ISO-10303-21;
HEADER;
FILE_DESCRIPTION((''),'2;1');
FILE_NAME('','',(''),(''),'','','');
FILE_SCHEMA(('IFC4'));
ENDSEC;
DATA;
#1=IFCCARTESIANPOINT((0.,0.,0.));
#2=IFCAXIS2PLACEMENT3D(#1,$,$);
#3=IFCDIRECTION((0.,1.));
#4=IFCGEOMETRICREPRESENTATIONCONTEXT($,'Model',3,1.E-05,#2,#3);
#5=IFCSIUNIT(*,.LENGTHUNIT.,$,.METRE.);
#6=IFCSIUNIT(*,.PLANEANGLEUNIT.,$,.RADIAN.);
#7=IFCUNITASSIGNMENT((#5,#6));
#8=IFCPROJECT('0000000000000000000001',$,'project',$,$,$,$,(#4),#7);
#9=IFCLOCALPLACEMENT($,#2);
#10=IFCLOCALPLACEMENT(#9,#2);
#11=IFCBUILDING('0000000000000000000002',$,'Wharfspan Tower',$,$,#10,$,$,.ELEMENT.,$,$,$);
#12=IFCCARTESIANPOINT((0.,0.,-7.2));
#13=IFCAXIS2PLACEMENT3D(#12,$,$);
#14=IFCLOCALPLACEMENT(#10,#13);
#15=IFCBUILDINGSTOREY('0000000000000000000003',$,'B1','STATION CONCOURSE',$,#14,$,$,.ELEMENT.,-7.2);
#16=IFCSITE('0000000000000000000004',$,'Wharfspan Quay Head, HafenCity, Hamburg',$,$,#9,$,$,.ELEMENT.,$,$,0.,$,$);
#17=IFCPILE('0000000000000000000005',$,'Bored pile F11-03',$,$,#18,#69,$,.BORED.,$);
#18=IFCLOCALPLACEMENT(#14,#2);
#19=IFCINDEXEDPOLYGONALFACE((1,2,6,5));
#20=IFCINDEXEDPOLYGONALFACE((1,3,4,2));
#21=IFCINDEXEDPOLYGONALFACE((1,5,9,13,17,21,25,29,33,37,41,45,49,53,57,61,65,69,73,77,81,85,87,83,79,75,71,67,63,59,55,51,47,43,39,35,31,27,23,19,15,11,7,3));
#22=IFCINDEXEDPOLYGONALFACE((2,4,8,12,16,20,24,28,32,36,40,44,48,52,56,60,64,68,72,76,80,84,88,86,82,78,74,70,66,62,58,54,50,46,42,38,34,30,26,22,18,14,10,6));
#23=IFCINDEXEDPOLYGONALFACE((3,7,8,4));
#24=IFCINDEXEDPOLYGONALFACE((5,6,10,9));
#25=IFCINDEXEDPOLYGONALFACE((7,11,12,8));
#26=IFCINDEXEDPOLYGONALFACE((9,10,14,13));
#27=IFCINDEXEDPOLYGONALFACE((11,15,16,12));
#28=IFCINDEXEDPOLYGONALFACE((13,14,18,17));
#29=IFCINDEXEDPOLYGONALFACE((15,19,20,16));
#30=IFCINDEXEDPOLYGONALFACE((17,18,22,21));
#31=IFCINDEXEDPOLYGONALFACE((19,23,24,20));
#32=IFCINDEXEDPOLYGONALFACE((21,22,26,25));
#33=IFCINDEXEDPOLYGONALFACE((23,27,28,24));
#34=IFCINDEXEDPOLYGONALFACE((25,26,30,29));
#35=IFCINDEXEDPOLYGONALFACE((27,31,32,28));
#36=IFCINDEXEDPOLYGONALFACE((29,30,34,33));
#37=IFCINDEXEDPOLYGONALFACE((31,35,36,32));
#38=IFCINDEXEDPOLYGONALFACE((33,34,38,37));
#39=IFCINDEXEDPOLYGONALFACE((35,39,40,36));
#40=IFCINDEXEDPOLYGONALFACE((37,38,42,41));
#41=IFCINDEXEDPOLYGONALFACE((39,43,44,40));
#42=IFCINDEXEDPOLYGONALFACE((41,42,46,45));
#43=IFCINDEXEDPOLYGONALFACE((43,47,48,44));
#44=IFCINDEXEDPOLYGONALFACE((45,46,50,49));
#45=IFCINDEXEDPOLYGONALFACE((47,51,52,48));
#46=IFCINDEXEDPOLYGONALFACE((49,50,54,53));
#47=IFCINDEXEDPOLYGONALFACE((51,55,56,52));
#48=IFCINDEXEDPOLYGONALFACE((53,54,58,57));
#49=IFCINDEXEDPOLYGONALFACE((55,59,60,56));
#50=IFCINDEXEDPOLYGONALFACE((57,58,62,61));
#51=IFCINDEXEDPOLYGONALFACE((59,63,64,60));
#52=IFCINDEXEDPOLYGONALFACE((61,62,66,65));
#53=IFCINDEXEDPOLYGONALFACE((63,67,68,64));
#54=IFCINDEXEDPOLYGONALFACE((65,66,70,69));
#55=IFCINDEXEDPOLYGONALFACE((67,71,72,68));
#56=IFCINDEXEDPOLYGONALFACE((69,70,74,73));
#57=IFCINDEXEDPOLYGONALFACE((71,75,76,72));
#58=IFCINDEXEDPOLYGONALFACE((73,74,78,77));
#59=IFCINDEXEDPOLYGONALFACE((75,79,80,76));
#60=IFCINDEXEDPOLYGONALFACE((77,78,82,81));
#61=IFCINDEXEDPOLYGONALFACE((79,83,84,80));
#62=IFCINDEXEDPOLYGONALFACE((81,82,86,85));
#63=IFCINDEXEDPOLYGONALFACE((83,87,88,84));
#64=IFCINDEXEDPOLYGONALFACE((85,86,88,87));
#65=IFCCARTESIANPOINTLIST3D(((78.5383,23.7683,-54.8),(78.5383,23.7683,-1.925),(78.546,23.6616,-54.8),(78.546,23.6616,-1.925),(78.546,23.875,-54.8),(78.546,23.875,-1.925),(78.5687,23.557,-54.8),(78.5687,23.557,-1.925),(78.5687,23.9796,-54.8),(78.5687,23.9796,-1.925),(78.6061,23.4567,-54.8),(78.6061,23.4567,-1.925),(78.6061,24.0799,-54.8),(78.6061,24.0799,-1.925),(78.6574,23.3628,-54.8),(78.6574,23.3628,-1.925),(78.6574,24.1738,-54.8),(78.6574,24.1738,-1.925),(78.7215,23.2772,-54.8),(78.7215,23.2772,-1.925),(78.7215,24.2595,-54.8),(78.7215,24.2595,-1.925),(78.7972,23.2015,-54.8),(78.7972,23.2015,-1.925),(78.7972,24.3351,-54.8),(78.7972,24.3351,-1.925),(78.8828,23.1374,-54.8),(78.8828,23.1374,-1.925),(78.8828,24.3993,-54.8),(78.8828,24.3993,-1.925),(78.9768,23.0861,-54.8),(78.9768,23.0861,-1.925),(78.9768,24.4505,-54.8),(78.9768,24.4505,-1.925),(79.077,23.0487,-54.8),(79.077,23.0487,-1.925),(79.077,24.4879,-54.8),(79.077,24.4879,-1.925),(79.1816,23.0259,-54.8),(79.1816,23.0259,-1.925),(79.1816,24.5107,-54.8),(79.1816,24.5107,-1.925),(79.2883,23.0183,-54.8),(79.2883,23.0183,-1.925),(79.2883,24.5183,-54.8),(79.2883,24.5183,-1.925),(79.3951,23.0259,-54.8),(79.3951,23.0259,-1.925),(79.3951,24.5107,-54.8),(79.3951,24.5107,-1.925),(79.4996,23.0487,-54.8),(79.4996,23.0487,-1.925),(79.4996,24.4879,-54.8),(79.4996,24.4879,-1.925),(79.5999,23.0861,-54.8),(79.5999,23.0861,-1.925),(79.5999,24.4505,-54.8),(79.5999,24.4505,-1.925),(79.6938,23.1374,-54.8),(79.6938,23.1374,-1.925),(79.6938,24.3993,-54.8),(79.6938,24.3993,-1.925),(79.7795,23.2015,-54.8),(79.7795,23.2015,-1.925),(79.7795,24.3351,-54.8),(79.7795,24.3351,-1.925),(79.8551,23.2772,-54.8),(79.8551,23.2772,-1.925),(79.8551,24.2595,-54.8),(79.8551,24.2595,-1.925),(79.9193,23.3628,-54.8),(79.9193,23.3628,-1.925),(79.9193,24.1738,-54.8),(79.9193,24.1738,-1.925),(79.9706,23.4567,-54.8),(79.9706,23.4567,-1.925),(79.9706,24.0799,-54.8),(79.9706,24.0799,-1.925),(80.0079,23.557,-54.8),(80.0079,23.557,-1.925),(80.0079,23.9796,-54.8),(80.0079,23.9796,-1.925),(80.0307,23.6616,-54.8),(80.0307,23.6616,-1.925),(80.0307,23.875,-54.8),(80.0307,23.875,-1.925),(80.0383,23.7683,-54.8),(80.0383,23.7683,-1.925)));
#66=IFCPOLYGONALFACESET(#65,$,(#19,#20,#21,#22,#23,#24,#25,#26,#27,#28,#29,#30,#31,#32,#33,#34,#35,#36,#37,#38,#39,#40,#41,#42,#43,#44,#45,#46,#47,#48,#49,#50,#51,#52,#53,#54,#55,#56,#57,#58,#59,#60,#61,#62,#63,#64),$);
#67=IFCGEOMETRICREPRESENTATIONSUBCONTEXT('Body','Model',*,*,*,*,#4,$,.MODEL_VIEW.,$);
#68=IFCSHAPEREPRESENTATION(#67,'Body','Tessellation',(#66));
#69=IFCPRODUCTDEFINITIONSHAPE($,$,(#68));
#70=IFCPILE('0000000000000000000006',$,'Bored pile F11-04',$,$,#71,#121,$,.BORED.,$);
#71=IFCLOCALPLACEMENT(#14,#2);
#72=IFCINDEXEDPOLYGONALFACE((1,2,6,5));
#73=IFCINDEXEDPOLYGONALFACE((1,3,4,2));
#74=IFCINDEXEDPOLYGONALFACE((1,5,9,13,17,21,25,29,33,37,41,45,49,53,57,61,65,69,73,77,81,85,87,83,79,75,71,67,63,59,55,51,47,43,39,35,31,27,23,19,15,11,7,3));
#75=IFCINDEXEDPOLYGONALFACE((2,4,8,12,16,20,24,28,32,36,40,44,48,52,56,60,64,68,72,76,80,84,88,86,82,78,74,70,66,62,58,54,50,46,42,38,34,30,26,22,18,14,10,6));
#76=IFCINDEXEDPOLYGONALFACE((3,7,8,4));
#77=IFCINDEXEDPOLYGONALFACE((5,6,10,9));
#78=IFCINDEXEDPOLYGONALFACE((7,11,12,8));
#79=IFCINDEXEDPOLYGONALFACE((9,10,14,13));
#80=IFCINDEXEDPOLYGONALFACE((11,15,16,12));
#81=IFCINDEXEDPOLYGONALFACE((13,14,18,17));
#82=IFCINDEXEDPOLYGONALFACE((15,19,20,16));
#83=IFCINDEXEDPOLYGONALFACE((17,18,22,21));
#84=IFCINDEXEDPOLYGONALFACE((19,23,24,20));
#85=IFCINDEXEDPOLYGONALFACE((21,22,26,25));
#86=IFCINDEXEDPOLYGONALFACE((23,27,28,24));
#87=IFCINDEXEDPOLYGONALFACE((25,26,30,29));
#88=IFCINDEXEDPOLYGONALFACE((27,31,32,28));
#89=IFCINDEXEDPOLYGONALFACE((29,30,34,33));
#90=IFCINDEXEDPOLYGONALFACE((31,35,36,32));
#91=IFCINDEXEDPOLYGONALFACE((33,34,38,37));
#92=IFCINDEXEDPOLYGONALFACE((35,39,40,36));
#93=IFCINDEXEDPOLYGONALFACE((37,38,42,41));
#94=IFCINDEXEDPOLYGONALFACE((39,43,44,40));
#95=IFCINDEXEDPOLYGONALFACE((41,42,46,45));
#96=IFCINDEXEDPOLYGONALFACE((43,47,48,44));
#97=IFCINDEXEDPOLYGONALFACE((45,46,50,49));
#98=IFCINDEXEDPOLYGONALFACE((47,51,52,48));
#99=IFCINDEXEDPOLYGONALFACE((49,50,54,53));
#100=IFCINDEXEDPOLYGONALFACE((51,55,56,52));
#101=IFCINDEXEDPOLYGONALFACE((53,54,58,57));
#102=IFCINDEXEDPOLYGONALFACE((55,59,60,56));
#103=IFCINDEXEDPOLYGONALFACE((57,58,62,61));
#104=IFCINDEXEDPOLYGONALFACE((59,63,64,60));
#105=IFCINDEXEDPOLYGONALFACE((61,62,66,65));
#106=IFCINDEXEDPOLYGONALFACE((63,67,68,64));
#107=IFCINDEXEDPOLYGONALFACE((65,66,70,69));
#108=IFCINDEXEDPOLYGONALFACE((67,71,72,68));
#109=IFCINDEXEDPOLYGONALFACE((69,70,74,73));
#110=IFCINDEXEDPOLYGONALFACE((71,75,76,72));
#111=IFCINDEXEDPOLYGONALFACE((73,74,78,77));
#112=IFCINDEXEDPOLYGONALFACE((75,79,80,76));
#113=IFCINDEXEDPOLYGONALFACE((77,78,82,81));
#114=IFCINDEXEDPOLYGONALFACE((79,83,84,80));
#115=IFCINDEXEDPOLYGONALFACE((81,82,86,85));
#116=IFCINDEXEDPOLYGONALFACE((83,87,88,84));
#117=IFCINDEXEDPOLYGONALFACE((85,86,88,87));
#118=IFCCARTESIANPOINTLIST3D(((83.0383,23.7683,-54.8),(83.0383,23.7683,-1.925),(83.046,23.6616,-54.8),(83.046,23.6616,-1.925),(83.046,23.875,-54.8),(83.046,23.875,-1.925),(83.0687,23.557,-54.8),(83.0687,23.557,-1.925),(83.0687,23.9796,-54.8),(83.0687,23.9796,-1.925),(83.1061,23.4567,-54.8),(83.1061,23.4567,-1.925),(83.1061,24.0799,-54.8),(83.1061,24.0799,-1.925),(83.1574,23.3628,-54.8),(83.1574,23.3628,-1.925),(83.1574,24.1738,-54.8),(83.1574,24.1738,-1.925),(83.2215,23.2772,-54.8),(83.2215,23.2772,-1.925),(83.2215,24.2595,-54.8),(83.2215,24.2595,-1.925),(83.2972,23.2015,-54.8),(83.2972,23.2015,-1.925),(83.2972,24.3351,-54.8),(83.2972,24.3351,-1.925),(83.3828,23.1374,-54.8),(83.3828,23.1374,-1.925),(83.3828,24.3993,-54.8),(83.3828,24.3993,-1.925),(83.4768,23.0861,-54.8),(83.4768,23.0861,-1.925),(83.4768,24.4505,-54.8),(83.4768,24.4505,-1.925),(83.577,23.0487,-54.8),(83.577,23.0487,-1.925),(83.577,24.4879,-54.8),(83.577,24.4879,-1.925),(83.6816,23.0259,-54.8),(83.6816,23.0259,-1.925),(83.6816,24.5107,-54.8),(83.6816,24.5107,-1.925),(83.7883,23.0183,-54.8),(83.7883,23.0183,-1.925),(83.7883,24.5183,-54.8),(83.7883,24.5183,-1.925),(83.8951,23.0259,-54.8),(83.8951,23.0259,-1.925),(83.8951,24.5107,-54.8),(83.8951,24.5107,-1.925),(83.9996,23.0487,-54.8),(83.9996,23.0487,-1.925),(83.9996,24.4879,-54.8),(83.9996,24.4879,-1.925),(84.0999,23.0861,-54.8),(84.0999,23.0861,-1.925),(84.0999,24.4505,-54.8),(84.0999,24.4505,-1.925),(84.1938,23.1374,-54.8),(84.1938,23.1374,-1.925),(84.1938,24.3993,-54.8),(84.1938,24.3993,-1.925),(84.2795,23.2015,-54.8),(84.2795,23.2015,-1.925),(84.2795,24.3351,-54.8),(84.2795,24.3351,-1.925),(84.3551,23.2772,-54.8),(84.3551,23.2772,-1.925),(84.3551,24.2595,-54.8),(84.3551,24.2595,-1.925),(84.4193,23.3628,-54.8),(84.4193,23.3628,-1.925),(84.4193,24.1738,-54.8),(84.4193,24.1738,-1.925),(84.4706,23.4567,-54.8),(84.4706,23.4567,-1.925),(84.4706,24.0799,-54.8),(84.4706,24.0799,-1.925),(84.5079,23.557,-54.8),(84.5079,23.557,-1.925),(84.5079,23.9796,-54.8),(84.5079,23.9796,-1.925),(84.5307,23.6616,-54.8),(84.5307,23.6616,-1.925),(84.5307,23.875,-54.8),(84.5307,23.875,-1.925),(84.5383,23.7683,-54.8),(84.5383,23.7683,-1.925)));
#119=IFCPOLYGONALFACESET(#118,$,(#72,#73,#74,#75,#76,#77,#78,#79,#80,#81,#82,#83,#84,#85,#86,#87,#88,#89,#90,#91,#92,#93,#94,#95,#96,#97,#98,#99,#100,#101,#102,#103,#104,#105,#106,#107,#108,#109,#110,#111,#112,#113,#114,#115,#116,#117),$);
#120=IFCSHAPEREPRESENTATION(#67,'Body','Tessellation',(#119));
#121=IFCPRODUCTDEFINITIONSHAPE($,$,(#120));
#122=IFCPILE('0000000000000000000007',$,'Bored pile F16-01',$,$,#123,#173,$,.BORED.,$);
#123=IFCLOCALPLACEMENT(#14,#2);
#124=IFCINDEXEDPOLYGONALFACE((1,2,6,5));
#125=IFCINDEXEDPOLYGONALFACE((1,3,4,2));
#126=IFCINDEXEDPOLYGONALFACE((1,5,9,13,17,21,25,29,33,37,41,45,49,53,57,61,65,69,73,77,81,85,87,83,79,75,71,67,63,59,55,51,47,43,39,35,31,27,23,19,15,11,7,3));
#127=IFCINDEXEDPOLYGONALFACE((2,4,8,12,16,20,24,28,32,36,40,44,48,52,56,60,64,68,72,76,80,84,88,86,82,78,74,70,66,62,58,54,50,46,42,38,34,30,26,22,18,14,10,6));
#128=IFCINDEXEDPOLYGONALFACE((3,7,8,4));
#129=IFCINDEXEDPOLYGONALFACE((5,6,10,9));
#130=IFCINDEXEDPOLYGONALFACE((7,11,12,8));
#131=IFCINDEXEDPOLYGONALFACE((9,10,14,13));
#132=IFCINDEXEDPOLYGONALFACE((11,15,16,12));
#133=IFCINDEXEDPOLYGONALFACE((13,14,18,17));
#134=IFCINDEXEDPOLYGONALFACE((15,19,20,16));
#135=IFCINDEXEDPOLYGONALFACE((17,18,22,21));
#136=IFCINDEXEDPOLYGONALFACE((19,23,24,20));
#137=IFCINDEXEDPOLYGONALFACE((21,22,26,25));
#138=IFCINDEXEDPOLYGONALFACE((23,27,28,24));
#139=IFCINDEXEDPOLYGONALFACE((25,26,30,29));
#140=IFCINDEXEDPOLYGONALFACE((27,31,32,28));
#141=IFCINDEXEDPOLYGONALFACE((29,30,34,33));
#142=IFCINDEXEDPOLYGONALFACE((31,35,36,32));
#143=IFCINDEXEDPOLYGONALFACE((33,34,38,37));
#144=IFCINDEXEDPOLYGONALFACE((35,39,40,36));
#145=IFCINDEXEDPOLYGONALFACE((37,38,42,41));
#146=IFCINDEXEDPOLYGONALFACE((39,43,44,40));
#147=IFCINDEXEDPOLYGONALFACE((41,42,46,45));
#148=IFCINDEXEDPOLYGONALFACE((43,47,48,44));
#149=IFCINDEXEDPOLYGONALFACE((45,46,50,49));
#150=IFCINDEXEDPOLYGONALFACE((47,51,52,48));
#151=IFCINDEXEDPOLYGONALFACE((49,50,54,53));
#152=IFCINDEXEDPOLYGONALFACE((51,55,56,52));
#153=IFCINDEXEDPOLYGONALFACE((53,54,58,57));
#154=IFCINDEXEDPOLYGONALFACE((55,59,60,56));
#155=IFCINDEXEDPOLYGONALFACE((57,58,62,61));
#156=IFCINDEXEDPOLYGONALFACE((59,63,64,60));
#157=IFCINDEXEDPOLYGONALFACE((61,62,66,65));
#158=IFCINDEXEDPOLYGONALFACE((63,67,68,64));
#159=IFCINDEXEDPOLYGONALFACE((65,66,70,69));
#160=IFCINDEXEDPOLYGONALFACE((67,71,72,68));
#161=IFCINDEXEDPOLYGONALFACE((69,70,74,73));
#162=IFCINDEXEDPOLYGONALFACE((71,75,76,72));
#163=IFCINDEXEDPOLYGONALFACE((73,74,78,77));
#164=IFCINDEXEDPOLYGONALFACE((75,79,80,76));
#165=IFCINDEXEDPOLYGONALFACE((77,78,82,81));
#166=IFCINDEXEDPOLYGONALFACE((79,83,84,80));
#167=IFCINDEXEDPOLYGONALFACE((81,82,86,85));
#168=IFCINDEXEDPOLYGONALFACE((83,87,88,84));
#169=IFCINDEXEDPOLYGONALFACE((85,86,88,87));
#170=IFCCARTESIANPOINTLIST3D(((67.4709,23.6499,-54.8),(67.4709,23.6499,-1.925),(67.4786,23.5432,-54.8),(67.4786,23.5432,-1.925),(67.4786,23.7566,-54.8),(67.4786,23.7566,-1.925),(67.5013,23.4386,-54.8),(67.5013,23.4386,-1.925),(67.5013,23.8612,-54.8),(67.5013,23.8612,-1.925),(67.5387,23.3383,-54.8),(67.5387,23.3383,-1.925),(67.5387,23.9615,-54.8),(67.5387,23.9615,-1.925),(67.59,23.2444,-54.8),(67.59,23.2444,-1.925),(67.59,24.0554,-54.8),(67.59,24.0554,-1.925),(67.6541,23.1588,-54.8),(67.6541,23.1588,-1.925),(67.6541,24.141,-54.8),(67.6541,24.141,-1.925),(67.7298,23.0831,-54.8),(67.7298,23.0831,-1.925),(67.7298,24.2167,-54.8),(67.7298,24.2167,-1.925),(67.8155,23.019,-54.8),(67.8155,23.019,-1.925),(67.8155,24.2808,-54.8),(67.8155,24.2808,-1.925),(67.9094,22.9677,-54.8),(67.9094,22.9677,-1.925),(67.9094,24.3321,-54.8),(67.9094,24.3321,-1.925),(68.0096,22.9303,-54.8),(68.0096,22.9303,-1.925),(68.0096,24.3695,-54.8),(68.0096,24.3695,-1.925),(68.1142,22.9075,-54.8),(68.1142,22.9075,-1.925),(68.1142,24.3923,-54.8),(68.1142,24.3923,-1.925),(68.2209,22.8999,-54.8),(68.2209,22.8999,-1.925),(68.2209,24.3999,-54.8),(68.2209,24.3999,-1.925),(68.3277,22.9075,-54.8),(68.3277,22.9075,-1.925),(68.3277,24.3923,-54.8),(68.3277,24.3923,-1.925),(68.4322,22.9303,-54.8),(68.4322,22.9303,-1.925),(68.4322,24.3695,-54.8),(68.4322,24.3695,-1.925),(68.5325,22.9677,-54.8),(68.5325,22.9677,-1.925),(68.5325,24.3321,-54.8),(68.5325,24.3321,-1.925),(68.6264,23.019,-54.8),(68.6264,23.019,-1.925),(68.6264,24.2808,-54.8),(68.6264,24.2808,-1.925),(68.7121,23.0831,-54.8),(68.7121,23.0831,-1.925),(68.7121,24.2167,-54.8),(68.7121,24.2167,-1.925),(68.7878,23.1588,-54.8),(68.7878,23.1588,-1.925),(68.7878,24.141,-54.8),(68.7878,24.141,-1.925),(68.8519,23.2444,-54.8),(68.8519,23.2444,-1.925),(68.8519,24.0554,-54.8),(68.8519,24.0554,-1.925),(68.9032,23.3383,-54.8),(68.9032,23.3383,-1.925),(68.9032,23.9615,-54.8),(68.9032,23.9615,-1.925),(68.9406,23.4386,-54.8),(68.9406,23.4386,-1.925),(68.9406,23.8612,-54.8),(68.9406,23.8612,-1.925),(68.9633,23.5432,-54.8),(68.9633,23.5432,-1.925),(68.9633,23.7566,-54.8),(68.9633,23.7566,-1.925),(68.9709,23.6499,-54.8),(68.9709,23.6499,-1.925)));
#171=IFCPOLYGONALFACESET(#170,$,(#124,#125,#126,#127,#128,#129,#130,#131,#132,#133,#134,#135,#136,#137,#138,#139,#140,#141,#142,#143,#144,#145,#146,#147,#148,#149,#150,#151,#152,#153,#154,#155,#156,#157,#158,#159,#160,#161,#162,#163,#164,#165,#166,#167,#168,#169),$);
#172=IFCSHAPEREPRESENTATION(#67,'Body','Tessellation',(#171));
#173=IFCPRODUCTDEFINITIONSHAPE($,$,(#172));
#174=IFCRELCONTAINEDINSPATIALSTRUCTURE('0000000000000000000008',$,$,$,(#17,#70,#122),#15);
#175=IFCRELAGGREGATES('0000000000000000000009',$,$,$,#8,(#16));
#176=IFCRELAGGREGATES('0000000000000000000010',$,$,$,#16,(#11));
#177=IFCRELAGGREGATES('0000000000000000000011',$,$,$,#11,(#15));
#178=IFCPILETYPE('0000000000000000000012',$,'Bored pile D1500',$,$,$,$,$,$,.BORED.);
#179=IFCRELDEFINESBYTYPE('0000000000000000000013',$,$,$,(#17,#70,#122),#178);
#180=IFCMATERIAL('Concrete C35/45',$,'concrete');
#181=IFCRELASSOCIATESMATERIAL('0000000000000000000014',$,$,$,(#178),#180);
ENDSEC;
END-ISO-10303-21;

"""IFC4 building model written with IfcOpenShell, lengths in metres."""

from ifc_helpers import new_model, si_unit, direction, frame, origin, origin_2d, place, context, subcontext, project, spatial, circle, extrude, material, material_profile, profile_set, type_object, element, save


model = new_model("IFC4")

# Units and contexts
model_context = context("Model", 3, precision=1e-05, world=origin(), true_north=direction((0.0, 1.0)))
body_context = subcontext(model_context, "Body", "Model", "MODEL_VIEW")
ifc_project = project(units=[si_unit("LENGTHUNIT", "METRE"), si_unit("PLANEANGLEUNIT", "RADIAN")], contexts=[model_context])

# Site, building, storey
site_placement = place(None, origin())
site = spatial("IfcSite", under=ifc_project, at=site_placement, Name="Wharfspan Quay Head, HafenCity, Hamburg", CompositionType="ELEMENT", RefElevation=0.0)
building_placement = place(site_placement, origin())
building = spatial("IfcBuilding", under=site, at=building_placement, Name="Wharfspan Tower", CompositionType="ELEMENT")
storey_placement = place(building_placement, frame((0.0, 0.0, -7.2)))
storey = spatial("IfcBuildingStorey", under=building, at=storey_placement, Name="B1", Description="STATION CONCOURSE", CompositionType="ELEMENT", Elevation=-7.2)

# Piles
ifc_material_1 = material(Name="Concrete C35/45", Category="concrete")
ifc_material_profile_1 = material_profile(ifc_material_1, circle(Radius=0.75, at=origin_2d()))
ifc_profile_set_1 = profile_set([ifc_material_profile_1], Name="Concrete C35/45")
pile_type = type_object("IfcPileType", Name="Bored pile D1500", PredefinedType="BORED", material=ifc_profile_set_1)
for number, where, z_axis, x_axis, name in (
    (1, (79.2883, 23.7683, -1.925), (0.0, 0.0, -1.0), (1.0, 0.0, 0.0), "Bored pile F11-03"),
    (2, (83.7883, 23.7683, -1.925), (0.0, 0.0, -1.0), (1.0, 0.0, 0.0), "Bored pile F11-04"),
    (3, (68.2209, 23.6499, -1.925), (0.0, 0.0, -1.0), (1.0, 0.0, 0.0), "Bored pile F16-01"),
):
    element("IfcPile", number, at=place(storey_placement, frame(where, z_axis=z_axis, x_axis=x_axis)), inside=storey, type_object=pile_type, Name=name, PredefinedType="BORED", context=body_context, shape_type="SweptSolid", body=[
        extrude(circle(Radius=0.75, at=origin_2d()), origin(), (0.0, 0.0, 1.0), 52.875),
    ])

save(model, "model.ifc")
